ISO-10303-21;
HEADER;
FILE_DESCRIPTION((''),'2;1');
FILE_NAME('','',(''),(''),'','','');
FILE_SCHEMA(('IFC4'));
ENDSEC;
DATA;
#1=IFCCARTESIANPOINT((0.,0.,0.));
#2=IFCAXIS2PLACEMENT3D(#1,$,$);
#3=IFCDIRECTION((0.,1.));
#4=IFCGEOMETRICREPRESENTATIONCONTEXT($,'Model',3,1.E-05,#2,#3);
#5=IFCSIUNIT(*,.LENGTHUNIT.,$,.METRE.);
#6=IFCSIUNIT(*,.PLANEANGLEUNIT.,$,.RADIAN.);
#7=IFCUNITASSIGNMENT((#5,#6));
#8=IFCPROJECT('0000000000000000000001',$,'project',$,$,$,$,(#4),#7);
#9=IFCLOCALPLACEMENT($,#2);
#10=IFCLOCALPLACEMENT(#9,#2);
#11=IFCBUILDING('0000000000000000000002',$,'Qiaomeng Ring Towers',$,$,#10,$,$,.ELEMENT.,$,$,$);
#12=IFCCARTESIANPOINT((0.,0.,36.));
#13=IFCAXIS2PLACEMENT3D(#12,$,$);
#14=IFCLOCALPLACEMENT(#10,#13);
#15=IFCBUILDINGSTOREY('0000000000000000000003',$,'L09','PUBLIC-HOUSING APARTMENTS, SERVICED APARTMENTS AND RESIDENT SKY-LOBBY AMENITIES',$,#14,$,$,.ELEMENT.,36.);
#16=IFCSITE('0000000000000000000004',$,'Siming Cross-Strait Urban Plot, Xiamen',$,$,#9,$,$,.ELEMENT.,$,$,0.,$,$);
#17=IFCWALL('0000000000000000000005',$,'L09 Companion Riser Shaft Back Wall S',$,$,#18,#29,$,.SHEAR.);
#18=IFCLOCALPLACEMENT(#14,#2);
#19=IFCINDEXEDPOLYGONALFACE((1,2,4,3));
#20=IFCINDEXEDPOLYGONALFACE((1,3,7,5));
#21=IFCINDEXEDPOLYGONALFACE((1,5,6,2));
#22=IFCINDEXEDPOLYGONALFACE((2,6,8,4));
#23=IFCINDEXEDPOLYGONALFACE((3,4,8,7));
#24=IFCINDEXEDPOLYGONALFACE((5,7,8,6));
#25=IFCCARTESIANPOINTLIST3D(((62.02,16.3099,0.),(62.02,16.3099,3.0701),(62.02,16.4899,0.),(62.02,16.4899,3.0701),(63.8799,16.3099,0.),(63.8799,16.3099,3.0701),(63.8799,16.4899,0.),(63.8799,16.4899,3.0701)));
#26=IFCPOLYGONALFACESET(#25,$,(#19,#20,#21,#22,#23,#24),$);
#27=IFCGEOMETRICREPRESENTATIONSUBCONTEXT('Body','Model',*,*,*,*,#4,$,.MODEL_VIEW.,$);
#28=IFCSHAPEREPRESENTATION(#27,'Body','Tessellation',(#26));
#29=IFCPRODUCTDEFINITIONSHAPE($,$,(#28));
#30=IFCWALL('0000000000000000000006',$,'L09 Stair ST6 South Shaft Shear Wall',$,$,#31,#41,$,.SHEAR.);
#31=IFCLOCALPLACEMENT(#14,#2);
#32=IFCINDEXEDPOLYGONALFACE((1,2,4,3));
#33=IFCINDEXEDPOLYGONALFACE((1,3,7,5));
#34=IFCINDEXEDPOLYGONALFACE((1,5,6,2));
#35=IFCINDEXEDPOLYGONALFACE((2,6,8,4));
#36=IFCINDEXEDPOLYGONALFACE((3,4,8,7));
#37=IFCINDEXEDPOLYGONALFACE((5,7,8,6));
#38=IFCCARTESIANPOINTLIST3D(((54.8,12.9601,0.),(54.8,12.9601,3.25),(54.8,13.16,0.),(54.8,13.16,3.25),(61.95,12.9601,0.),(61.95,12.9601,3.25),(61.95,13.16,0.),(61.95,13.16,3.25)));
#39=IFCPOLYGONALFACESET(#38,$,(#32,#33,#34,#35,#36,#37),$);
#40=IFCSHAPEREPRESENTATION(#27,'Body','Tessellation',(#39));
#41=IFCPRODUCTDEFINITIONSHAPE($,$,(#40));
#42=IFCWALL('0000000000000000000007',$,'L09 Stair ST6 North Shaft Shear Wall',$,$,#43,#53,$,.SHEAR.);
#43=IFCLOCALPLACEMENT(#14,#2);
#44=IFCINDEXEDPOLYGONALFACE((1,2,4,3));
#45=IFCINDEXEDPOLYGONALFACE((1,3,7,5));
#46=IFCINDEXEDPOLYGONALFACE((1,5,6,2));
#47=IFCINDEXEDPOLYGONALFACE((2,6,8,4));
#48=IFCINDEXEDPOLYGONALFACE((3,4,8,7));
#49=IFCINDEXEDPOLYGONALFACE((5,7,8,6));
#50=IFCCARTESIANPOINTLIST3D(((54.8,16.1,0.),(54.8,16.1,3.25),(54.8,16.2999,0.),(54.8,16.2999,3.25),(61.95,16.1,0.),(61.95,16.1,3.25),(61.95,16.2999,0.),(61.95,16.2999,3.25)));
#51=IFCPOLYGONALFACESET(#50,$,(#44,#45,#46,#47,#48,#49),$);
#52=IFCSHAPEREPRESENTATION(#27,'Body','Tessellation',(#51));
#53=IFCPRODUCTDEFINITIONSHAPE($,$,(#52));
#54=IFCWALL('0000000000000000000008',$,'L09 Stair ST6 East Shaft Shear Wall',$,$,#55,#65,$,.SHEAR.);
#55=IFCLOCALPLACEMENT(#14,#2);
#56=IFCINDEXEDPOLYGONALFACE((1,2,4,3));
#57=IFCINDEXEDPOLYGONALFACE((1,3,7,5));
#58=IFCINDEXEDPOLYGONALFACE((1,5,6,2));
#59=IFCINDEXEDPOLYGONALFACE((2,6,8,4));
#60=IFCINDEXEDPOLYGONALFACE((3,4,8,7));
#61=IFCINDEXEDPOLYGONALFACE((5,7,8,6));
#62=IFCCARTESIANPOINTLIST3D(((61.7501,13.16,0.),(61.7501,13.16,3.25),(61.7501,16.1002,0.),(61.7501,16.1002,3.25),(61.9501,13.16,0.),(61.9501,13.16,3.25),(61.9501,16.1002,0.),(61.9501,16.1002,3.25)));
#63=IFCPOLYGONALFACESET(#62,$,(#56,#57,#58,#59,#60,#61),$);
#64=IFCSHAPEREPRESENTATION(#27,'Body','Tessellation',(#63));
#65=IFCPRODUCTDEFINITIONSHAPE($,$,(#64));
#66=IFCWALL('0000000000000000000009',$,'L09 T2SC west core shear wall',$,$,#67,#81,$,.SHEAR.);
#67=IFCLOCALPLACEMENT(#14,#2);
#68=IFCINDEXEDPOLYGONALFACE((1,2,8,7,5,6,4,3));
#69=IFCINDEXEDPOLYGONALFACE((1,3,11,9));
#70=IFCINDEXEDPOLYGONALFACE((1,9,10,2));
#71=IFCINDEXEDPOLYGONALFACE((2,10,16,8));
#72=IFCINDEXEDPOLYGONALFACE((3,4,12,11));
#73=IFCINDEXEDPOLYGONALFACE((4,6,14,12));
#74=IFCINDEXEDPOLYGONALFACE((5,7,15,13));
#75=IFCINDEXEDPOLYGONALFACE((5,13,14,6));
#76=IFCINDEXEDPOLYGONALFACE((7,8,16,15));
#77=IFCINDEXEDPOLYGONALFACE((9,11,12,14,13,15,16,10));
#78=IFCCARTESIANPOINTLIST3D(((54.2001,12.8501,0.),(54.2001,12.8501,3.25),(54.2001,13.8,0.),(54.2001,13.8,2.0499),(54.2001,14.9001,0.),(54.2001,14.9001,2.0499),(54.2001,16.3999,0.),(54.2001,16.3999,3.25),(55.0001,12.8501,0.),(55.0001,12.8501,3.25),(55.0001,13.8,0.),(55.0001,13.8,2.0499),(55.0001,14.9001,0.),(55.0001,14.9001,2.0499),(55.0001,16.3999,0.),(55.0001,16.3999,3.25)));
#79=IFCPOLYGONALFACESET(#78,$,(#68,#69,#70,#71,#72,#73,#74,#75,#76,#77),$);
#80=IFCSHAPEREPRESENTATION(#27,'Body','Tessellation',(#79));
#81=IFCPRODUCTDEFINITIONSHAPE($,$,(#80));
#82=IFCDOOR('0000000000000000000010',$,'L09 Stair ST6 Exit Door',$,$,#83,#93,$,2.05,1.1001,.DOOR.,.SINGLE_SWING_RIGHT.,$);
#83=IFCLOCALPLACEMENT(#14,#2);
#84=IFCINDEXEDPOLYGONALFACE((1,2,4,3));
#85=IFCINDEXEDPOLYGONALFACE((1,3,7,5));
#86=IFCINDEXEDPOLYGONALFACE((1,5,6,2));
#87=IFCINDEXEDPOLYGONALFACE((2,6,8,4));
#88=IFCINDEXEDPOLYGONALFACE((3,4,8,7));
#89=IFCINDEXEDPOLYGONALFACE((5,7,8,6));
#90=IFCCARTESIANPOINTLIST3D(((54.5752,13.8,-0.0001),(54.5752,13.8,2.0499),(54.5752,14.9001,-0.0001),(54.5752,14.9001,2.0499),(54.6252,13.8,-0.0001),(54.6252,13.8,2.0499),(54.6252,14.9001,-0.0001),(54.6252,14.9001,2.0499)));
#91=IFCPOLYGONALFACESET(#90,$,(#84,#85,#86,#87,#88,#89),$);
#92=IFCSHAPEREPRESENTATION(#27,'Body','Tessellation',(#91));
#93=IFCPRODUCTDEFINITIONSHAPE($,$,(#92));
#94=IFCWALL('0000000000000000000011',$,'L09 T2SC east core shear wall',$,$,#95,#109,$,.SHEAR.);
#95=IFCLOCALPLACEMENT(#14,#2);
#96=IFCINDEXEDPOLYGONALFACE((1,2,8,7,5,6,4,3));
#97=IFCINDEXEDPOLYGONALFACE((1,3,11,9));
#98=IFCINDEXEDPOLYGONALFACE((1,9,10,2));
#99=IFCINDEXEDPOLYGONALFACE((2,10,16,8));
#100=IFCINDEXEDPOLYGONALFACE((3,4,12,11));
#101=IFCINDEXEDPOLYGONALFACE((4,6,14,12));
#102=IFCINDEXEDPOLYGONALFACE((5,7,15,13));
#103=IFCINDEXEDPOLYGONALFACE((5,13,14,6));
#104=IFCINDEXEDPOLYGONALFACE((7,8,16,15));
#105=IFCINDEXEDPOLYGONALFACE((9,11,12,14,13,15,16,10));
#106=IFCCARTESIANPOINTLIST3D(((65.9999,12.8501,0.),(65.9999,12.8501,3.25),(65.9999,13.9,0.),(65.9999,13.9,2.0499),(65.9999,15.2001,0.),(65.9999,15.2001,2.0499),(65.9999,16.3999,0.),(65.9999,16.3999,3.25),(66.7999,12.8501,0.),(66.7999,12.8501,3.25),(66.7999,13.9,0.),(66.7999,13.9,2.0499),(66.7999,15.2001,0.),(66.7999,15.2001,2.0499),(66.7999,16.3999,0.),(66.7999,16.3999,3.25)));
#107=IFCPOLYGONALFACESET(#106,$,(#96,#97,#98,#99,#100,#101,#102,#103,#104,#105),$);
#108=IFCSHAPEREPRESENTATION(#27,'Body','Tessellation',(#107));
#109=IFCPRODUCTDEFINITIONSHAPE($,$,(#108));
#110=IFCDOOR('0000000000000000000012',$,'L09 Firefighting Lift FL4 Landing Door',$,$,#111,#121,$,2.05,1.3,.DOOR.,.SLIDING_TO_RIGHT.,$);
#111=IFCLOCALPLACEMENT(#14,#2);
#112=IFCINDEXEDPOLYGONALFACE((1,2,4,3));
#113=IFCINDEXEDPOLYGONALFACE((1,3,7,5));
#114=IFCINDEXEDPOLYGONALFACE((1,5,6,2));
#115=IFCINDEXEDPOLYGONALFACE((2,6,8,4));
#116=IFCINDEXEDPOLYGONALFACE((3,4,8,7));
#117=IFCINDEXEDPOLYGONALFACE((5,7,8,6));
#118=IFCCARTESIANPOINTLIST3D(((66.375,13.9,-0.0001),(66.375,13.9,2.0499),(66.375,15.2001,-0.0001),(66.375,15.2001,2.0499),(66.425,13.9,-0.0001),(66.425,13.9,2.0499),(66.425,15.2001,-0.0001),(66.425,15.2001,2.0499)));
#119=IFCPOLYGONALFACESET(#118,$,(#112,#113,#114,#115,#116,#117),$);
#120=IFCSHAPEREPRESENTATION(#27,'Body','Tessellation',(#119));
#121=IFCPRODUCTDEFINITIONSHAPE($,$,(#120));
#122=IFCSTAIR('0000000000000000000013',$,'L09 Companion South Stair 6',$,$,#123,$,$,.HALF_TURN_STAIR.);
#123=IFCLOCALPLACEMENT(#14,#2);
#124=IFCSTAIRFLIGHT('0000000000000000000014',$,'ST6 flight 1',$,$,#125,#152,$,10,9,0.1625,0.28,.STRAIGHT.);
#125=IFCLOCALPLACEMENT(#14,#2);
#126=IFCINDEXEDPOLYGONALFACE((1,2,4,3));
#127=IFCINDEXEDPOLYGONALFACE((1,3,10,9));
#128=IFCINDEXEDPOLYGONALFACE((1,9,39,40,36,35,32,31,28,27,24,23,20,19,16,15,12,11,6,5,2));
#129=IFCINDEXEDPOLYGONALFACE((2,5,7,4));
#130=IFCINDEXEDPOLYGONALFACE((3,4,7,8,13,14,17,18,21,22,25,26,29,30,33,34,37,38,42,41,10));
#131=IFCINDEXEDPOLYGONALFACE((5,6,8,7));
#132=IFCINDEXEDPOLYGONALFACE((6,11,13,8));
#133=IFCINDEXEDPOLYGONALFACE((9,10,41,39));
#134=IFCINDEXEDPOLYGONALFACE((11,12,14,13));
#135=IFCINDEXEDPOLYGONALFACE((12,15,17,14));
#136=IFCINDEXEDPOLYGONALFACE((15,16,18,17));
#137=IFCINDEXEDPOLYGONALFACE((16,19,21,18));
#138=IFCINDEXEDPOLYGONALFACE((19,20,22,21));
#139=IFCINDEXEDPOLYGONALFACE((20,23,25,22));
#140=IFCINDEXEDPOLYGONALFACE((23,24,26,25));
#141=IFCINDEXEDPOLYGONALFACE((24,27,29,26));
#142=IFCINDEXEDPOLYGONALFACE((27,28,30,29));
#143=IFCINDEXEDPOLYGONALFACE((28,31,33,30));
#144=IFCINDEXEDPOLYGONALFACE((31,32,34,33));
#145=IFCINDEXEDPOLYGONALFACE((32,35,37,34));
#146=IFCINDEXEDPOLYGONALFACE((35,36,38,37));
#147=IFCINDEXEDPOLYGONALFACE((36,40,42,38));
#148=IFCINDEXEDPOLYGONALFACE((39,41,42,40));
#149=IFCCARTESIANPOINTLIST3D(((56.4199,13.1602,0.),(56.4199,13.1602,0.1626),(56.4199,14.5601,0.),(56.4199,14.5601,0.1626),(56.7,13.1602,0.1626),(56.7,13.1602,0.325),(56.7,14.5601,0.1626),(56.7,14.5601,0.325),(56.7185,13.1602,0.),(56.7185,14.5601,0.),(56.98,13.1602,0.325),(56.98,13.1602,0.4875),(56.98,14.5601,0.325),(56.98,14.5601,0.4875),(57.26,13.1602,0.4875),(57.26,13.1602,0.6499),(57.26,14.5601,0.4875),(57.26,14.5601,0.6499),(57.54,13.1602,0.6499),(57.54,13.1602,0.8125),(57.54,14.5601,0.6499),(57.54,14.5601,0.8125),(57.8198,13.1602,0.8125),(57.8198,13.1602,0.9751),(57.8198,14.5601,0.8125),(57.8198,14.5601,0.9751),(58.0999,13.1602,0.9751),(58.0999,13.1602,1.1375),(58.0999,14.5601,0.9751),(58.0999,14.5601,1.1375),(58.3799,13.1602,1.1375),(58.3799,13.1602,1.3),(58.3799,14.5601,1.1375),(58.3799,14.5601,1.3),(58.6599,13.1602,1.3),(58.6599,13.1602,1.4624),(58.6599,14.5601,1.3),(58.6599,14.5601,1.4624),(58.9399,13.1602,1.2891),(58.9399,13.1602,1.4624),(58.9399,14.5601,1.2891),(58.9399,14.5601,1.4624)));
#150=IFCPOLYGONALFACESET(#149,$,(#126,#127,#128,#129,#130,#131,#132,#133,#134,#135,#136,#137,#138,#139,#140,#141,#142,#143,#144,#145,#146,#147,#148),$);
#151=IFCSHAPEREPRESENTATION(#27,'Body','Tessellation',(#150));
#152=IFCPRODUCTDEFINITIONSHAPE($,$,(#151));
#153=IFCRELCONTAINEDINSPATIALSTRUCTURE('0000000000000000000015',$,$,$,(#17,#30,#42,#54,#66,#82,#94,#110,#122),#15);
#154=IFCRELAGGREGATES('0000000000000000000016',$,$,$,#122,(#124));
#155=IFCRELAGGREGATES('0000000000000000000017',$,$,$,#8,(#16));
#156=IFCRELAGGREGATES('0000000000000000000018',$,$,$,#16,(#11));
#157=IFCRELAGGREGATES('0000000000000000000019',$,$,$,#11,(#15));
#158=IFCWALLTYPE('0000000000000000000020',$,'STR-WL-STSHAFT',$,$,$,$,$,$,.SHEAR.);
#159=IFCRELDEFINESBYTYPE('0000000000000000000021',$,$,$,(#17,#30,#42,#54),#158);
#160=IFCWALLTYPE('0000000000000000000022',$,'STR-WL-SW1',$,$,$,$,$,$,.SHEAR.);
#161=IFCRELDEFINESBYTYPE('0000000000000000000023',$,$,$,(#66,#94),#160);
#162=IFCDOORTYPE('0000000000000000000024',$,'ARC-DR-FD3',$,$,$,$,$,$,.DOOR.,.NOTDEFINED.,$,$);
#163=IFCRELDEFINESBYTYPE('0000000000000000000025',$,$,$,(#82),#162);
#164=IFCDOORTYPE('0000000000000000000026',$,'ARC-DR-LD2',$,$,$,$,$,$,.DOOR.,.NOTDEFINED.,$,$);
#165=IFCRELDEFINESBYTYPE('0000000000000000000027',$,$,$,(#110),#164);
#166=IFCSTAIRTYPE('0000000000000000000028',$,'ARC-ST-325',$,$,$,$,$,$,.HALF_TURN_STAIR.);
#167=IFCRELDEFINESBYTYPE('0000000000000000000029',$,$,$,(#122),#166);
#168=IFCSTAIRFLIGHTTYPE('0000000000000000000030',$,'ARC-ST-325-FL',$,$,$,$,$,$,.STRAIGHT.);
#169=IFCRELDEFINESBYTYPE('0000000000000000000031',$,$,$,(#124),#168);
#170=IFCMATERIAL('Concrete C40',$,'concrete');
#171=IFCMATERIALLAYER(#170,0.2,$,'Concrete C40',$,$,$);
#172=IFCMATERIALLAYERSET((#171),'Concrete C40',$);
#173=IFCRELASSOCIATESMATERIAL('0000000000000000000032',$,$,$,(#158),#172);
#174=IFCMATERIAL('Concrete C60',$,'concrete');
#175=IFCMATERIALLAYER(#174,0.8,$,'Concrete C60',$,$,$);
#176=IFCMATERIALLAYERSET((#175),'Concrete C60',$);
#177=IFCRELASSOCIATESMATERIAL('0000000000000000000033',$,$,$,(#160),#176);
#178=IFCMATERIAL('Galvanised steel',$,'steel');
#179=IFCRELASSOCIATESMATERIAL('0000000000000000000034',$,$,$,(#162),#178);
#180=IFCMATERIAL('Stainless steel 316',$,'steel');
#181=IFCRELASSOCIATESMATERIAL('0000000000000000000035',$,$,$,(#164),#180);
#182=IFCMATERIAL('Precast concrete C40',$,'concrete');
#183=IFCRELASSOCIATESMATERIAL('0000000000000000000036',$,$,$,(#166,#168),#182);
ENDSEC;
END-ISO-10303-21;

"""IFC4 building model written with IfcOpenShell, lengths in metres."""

from ifc_helpers import new_model, si_unit, direction, frame, frame_2d, origin, place, context, subcontext, project, spatial, polyline, rectangle, outline, extrude, source, transform, mapped, material, layer, layer_set, type_object, element, fill, aggregate, save


model = new_model("IFC4")

# Units and contexts
model_context = context("Model", 3, precision=1e-05, world=origin(), true_north=direction((0.0, 1.0)))
body_context = subcontext(model_context, "Body", "Model", "MODEL_VIEW")
ifc_project = project(units=[si_unit("LENGTHUNIT", "METRE"), si_unit("PLANEANGLEUNIT", "RADIAN")], contexts=[model_context])

# Site, building, storey
site_placement = place(None, origin())
site = spatial("IfcSite", under=ifc_project, at=site_placement, Name="Siming Cross-Strait Urban Plot, Xiamen", CompositionType="ELEMENT", RefElevation=0.0)
building_placement = place(site_placement, origin())
building = spatial("IfcBuilding", under=site, at=building_placement, Name="Qiaomeng Ring Towers", CompositionType="ELEMENT")
storey_placement = place(building_placement, frame((0.0, 0.0, 36.0)))
storey = spatial("IfcBuildingStorey", under=building, at=storey_placement, Name="L09", Description="PUBLIC-HOUSING APARTMENTS, SERVICED APARTMENTS AND RESIDENT SKY-LOBBY AMENITIES", CompositionType="ELEMENT", Elevation=36.0)

# Walls
ifc_material_1 = material(Name="Concrete C40", Category="concrete")
ifc_layer_1 = layer(ifc_material_1, 0.2, Name="Concrete C40")
ifc_layer_set_1 = layer_set([ifc_layer_1], Name="Concrete C40")
wall_type_1 = type_object("IfcWallType", Name="STR-WL-STSHAFT", PredefinedType="SHEAR", material=ifc_layer_set_1)
for number, where, z_axis, x_axis, name in (
    (1, (62.02, 16.3999, 0.0), (0.0, 0.0, 1.0), (1.0, 0.0, 0.0), "L09 Companion Riser Shaft Back Wall S"),
):
    element("IfcWall", number, at=place(storey_placement, frame(where, z_axis=z_axis, x_axis=x_axis)), inside=storey, type_object=wall_type_1, Name=name, PredefinedType="SHEAR", context=body_context, shape_type="SweptSolid", body=[
        extrude(rectangle(XDim=1.8599, YDim=0.1799, at=frame_2d((0.9299, 0.0))), origin(), (0.0, 0.0, 1.0), 3.0701),
    ])
for number, where, z_axis, x_axis, name in (
    (2, (54.8, 13.0601, 0.0), (0.0, 0.0, 1.0), (1.0, 0.0, 0.0), "L09 Stair ST6 South Shaft Shear Wall"),
    (3, (54.8, 16.2, 0.0), (0.0, 0.0, 1.0), (1.0, 0.0, 0.0), "L09 Stair ST6 North Shaft Shear Wall"),
):
    element("IfcWall", number, at=place(storey_placement, frame(where, z_axis=z_axis, x_axis=x_axis)), inside=storey, type_object=wall_type_1, Name=name, PredefinedType="SHEAR", context=body_context, shape_type="SweptSolid", body=[
        extrude(rectangle(XDim=7.1499, YDim=0.2, at=frame_2d((3.575, 0.0))), origin(), (0.0, 0.0, 1.0), 3.25),
    ])
wall_1_placement = place(storey_placement, frame((61.8501, 13.1599, 0.0), z_axis=(0.0, 0.0, 1.0), x_axis=(0.0, 1.0, 0.0)))
element("IfcWall", 4, at=wall_1_placement, inside=storey, type_object=wall_type_1, Name="L09 Stair ST6 East Shaft Shear Wall", PredefinedType="SHEAR", context=body_context, shape_type="SweptSolid", body=[
    extrude(rectangle(XDim=2.9402, YDim=0.2, at=frame_2d((1.4702, 0.0))), origin(), (0.0, 0.0, 1.0), 3.25),
])

# Walls, openings, doors
ifc_material_2 = material(Name="Concrete C60", Category="concrete")
ifc_layer_2 = layer(ifc_material_2, 0.8, Name="Concrete C60")
ifc_layer_set_2 = layer_set([ifc_layer_2], Name="Concrete C60")
wall_type_2 = type_object("IfcWallType", Name="STR-WL-SW1", PredefinedType="SHEAR", material=ifc_layer_set_2)
wall_2_placement = place(storey_placement, frame((54.6001, 12.8501, 0.0), z_axis=(0.0, 0.0, 1.0), x_axis=(0.0, 1.0, 0.0)))
wall_2 = element("IfcWall", 5, at=wall_2_placement, inside=storey, type_object=wall_type_2, Name="L09 T2SC west core shear wall", PredefinedType="SHEAR", context=body_context, shape_type="SweptSolid", body=[
    extrude(rectangle(XDim=3.5498, YDim=0.8, at=frame_2d((1.7749, 0.0))), origin(), (0.0, 0.0, 1.0), 3.25),
])
opening_1_placement = place(wall_2_placement, frame((0.95, 0.0, 0.0)))
opening_1 = element("IfcOpeningElement", 6, at=opening_1_placement, cuts=wall_2, PredefinedType="OPENING", context=body_context, shape_type="SweptSolid", body=[
    extrude(rectangle(XDim=1.1001, YDim=2.05, at=frame_2d((0.55, 1.0249))), frame((0.0, 0.4099, 0.0), z_axis=(0.0, -1.0, 0.0), x_axis=(1.0, 0.0, 0.0)), (0.0, 0.0, 1.0), 0.8201),
])
ifc_material_3 = material(Name="Galvanised steel", Category="steel")
door_type_1 = type_object("IfcDoorType", Name="ARC-DR-FD3", OperationType="NOTDEFINED", PredefinedType="DOOR", material=ifc_material_3)
shared_shape_1 = source(origin(), body_context, "Body", "SweptSolid", [
    extrude(rectangle(XDim=1.1001, YDim=2.05, at=frame_2d((0.55, 1.0249))), frame((0.0, 0.0249, 0.0), z_axis=(0.0, -1.0, 0.0), x_axis=(1.0, 0.0, 0.0)), (0.0, 0.0, 1.0), 0.05),
])
door_1_placement = place(opening_1_placement, origin())
door_1 = element("IfcDoor", 7, at=door_1_placement, inside=storey, type_object=door_type_1, Name="L09 Stair ST6 Exit Door", OperationType="SINGLE_SWING_RIGHT", OverallHeight=2.05, OverallWidth=1.1001, PredefinedType="DOOR", context=body_context, shape_type="MappedRepresentation", body=[
    mapped(shared_shape_1, transform((0.0, 0.0, 0.0), x_axis=(1.0, 0.0, 0.0), y_axis=(0.0, 1.0, 0.0), z_axis=(0.0, 0.0, 1.0), scale=1.0)),
])
fill(opening_1, door_1)
wall_3_placement = place(storey_placement, frame((66.3999, 12.8501, 0.0), z_axis=(0.0, 0.0, 1.0), x_axis=(0.0, 1.0, 0.0)))
wall_3 = element("IfcWall", 8, at=wall_3_placement, inside=storey, type_object=wall_type_2, Name="L09 T2SC east core shear wall", PredefinedType="SHEAR", context=body_context, shape_type="SweptSolid", body=[
    extrude(rectangle(XDim=3.5498, YDim=0.8, at=frame_2d((1.7749, 0.0))), origin(), (0.0, 0.0, 1.0), 3.25),
])
opening_2_placement = place(wall_3_placement, frame((1.05, 0.0, 0.0)))
opening_2 = element("IfcOpeningElement", 9, at=opening_2_placement, cuts=wall_3, PredefinedType="OPENING", context=body_context, shape_type="SweptSolid", body=[
    extrude(rectangle(XDim=1.3, YDim=2.05, at=frame_2d((0.6499, 1.0249))), frame((0.0, 0.4099, 0.0), z_axis=(0.0, -1.0, 0.0), x_axis=(1.0, 0.0, 0.0)), (0.0, 0.0, 1.0), 0.8201),
])
ifc_material_4 = material(Name="Stainless steel 316", Category="steel")
door_type_2 = type_object("IfcDoorType", Name="ARC-DR-LD2", OperationType="NOTDEFINED", PredefinedType="DOOR", material=ifc_material_4)
shared_shape_2 = source(origin(), body_context, "Body", "SweptSolid", [
    extrude(rectangle(XDim=1.3, YDim=2.05, at=frame_2d((0.6499, 1.0249))), frame((0.0, 0.0249, 0.0), z_axis=(0.0, -1.0, 0.0), x_axis=(1.0, 0.0, 0.0)), (0.0, 0.0, 1.0), 0.05),
])
door_2_placement = place(opening_2_placement, origin())
door_2 = element("IfcDoor", 10, at=door_2_placement, inside=storey, type_object=door_type_2, Name="L09 Firefighting Lift FL4 Landing Door", OperationType="SLIDING_TO_RIGHT", OverallHeight=2.05, OverallWidth=1.3, PredefinedType="DOOR", context=body_context, shape_type="MappedRepresentation", body=[
    mapped(shared_shape_2, transform((0.0, 0.0, 0.0), x_axis=(1.0, 0.0, 0.0), y_axis=(0.0, 1.0, 0.0), z_axis=(0.0, 0.0, 1.0), scale=1.0)),
])
fill(opening_2, door_2)

# Stair, stair flight
ifc_material_5 = material(Name="Precast concrete C40", Category="concrete")
stair_type = type_object("IfcStairType", Name="ARC-ST-325", PredefinedType="HALF_TURN_STAIR", material=ifc_material_5)
stair_placement = place(storey_placement, origin())
stair = element("IfcStair", 11, at=stair_placement, inside=storey, type_object=stair_type, Name="L09 Companion South Stair 6", PredefinedType="HALF_TURN_STAIR")
stair_flight_type = type_object("IfcStairFlightType", Name="ARC-ST-325-FL", PredefinedType="STRAIGHT", material=ifc_material_5)
shared_shape_3 = source(origin(), body_context, "Body", "SweptSolid", [
    extrude(outline(polyline([(0.0, 0.0), (0.0, 0.1626), (0.28, 0.1626), (0.28, 0.325), (0.5601, 0.325), (0.5601, 0.4875), (0.8401, 0.4875), (0.8401, 0.6499), (1.1201, 0.6499), (1.1201, 0.8125), (1.3999, 0.8125), (1.3999, 0.9751), (1.6799, 0.9751), (1.6799, 1.1375), (1.96, 1.1375), (1.96, 1.3), (2.24, 1.3), (2.24, 1.4624), (2.52, 1.4624), (2.52, 1.625), (2.52, 1.2891), (0.2986, 0.0), (0.0, 0.0)])), frame((0.0, 0.7, 0.0), z_axis=(0.0, -1.0, 0.0), x_axis=(1.0, 0.0, 0.0)), (0.0, 0.0, 1.0), 1.3999),
])
stair_flight_1_placement = place(storey_placement, frame((56.4199, 13.8601, 0.0), z_axis=(0.0, 0.0, 1.0), x_axis=(1.0, 0.0, 0.0)))
stair_flight_1 = element("IfcStairFlight", 12, at=stair_flight_1_placement, type_object=stair_flight_type, Name="ST6 flight 1", NumberOfRisers=10, NumberOfTreads=9, PredefinedType="STRAIGHT", RiserHeight=0.1625, TreadLength=0.28, context=body_context, shape_type="MappedRepresentation", body=[
    mapped(shared_shape_3, transform((0.0, 0.0, 0.0), x_axis=(1.0, 0.0, 0.0), y_axis=(0.0, 1.0, 0.0), z_axis=(0.0, 0.0, 1.0), scale=1.0)),
])
aggregate(stair, [stair_flight_1])

save(model, "model.ifc")
